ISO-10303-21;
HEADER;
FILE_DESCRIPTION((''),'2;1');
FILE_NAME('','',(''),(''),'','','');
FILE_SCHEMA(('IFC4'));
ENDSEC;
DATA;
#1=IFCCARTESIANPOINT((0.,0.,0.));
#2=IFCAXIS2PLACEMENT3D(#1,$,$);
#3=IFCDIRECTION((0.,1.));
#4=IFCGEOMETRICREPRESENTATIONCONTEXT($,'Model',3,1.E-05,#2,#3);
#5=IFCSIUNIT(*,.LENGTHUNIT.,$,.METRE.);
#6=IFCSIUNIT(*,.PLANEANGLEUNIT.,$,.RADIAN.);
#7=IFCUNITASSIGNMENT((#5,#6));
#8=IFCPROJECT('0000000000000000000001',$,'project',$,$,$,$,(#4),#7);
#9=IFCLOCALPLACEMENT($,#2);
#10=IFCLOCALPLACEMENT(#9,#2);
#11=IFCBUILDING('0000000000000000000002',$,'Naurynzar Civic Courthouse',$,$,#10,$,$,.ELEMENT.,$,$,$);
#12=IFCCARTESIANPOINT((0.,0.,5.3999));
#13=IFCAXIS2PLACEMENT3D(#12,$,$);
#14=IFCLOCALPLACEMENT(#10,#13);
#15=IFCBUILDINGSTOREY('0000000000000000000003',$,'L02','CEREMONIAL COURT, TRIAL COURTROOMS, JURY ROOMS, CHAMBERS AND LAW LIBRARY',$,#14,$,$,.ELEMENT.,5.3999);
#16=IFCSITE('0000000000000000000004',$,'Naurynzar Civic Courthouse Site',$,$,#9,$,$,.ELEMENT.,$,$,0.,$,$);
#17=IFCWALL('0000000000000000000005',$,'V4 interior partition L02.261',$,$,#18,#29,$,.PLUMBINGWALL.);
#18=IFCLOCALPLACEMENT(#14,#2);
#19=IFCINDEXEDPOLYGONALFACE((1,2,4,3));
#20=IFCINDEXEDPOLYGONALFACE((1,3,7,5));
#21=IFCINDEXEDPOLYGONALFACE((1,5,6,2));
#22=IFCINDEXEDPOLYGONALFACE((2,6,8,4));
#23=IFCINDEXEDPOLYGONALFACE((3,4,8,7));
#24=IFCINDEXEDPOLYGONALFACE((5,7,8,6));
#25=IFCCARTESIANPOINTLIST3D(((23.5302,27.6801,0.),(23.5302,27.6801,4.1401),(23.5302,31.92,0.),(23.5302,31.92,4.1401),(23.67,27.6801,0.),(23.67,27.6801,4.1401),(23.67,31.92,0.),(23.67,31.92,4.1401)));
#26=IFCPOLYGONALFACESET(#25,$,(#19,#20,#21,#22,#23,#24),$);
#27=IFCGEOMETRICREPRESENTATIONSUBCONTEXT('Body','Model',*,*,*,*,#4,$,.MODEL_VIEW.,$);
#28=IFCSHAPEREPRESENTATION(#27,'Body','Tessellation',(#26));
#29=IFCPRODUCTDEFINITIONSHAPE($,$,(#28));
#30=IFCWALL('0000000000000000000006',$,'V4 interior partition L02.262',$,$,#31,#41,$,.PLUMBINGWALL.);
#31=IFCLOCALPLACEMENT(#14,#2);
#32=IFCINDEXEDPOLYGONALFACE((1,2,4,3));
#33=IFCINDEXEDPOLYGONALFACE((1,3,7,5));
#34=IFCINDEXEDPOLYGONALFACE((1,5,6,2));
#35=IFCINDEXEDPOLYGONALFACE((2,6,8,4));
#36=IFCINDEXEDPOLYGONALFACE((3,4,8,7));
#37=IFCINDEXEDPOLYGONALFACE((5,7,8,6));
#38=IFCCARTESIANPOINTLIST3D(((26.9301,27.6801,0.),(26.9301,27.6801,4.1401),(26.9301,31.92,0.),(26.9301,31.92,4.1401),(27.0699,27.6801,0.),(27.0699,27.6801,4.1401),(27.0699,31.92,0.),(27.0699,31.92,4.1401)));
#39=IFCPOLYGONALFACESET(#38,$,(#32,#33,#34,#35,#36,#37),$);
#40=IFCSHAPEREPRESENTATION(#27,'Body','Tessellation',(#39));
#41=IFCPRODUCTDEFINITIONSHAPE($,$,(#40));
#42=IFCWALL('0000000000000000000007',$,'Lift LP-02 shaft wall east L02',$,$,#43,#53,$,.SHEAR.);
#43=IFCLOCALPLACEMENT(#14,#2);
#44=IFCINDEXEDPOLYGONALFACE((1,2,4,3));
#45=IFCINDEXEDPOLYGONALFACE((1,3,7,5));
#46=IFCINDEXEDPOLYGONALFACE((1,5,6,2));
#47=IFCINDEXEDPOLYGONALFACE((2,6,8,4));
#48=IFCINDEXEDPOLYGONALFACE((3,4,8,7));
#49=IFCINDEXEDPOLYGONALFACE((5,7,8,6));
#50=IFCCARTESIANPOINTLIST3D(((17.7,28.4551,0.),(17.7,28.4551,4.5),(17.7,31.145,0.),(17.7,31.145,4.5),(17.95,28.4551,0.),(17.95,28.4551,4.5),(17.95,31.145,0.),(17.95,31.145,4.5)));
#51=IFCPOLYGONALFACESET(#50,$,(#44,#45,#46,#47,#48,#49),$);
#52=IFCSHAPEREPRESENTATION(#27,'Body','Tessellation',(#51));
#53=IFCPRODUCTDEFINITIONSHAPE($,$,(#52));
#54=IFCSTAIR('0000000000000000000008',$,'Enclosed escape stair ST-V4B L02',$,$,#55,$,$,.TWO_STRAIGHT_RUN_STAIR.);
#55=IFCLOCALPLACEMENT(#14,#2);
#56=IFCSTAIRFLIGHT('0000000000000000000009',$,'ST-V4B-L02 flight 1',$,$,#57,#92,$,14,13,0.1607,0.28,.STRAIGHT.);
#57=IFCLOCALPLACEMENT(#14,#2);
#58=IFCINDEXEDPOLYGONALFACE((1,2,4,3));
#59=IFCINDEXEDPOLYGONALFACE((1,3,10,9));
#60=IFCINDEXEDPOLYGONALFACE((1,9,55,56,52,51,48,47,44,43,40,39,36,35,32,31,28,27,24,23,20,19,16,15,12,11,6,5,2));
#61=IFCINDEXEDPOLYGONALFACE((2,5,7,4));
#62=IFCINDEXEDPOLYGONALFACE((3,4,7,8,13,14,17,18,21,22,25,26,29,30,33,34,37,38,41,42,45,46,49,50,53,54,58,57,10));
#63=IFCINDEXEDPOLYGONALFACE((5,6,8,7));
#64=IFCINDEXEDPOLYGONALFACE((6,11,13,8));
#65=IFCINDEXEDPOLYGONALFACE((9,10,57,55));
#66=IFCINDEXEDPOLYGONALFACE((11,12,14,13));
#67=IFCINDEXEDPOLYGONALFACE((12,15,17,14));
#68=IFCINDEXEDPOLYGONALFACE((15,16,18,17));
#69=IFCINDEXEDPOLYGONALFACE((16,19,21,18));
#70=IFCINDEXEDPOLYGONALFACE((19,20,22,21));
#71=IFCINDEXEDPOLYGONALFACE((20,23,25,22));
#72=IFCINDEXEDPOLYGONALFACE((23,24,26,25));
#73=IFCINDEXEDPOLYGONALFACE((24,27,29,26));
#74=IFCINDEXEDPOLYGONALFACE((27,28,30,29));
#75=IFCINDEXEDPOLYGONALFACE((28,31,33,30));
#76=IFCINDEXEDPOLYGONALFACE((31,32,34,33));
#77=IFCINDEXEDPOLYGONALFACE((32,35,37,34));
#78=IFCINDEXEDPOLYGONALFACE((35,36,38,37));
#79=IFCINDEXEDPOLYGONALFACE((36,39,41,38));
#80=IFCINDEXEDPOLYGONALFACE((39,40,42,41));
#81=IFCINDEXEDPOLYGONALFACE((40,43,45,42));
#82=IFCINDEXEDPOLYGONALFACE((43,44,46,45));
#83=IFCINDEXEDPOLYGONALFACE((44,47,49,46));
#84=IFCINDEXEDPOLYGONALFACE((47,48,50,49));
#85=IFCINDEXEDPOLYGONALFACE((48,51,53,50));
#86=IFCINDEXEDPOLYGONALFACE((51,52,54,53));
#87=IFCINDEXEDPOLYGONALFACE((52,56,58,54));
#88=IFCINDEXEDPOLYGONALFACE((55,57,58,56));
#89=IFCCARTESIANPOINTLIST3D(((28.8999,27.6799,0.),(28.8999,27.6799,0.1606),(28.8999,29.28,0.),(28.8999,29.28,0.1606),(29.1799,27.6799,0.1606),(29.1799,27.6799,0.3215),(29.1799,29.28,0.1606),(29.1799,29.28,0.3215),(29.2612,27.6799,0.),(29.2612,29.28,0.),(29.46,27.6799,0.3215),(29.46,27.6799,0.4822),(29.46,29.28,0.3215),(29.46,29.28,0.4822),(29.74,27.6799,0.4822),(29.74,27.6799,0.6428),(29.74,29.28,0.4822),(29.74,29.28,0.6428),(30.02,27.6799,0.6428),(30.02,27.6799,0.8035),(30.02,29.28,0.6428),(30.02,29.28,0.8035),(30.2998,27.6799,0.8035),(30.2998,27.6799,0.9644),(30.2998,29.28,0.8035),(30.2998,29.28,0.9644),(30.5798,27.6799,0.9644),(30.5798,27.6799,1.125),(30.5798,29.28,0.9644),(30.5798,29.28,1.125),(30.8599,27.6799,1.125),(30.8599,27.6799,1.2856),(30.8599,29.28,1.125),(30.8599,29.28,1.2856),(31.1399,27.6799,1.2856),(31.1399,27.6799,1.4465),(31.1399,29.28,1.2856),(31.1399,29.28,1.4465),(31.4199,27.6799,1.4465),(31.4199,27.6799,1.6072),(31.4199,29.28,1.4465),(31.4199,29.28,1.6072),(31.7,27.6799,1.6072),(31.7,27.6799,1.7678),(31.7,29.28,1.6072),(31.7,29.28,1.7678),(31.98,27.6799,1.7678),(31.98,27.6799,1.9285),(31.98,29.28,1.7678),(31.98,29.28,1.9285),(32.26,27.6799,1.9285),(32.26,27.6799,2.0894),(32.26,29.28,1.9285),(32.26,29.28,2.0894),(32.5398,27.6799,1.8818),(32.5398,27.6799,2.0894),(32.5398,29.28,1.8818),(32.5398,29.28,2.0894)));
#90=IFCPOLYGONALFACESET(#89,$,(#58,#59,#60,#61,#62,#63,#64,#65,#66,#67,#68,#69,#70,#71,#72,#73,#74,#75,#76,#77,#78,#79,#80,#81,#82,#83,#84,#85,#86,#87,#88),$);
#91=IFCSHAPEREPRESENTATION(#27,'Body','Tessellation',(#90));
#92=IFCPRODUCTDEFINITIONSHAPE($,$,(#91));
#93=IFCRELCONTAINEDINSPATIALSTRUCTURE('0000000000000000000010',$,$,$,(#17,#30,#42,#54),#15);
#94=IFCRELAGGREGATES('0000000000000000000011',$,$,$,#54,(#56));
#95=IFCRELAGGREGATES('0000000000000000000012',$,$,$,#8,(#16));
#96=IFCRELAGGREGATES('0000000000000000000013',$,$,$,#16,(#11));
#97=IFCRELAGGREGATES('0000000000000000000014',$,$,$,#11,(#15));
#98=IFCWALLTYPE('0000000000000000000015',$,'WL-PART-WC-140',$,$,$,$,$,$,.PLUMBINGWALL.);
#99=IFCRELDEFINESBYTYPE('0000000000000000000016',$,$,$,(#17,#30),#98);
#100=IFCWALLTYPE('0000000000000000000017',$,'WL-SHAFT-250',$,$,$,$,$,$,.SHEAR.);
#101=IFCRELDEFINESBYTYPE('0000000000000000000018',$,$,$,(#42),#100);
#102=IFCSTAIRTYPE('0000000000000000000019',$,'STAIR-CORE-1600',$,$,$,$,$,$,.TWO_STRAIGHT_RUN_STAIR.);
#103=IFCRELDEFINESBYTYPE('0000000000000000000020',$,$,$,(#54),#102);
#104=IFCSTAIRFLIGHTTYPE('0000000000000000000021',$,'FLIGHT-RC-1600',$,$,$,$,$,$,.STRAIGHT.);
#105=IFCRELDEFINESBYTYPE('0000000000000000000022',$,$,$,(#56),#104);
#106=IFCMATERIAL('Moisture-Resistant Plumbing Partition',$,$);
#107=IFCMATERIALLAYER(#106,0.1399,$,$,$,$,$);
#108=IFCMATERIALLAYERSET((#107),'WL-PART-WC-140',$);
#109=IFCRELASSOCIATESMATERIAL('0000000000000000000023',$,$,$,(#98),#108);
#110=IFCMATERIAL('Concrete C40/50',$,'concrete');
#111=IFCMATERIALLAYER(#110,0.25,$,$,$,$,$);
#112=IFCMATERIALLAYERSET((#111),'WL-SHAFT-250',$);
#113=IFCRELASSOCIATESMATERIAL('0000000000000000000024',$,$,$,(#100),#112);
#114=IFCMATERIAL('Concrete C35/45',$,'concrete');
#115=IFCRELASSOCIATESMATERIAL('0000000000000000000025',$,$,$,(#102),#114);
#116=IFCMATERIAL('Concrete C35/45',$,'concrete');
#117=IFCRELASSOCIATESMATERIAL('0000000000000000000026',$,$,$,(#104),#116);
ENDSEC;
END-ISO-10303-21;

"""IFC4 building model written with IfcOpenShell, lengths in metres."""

from ifc_helpers import new_model, si_unit, direction, frame, frame_2d, origin, place, context, subcontext, project, spatial, polyline, rectangle, outline, extrude, material, layer, layer_set, type_object, element, aggregate, save


model = new_model("IFC4")

# Units and contexts
model_context = context("Model", 3, precision=1e-05, world=origin(), true_north=direction((0.0, 1.0)))
body_context = subcontext(model_context, "Body", "Model", "MODEL_VIEW")
ifc_project = project(units=[si_unit("LENGTHUNIT", "METRE"), si_unit("PLANEANGLEUNIT", "RADIAN")], contexts=[model_context])

# Site, building, storey
site_placement = place(None, origin())
site = spatial("IfcSite", under=ifc_project, at=site_placement, Name="Naurynzar Civic Courthouse Site", CompositionType="ELEMENT", RefElevation=0.0)
building_placement = place(site_placement, origin())
building = spatial("IfcBuilding", under=site, at=building_placement, Name="Naurynzar Civic Courthouse", CompositionType="ELEMENT")
storey_placement = place(building_placement, frame((0.0, 0.0, 5.3999)))
storey = spatial("IfcBuildingStorey", under=building, at=storey_placement, Name="L02", Description="CEREMONIAL COURT, TRIAL COURTROOMS, JURY ROOMS, CHAMBERS AND LAW LIBRARY", CompositionType="ELEMENT", Elevation=5.3999)

# Shared definitions
ifc_material_1 = material(Name="Moisture-Resistant Plumbing Partition")
ifc_layer_1 = layer(ifc_material_1, 0.1399)
ifc_layer_set_1 = layer_set([ifc_layer_1], Name="WL-PART-WC-140")
wall_type_1 = type_object("IfcWallType", Name="WL-PART-WC-140", PredefinedType="PLUMBINGWALL", material=ifc_layer_set_1)

# Walls
for number, where, z_axis, x_axis, name in (
    (1, (23.6001, 27.6799, 0.0), (0.0, 0.0, 1.0), (0.0, 1.0, 0.0), "V4 interior partition L02.261"),
    (2, (27.0, 27.6799, 0.0), (0.0, 0.0, 1.0), (0.0, 1.0, 0.0), "V4 interior partition L02.262"),
):
    element("IfcWall", number, at=place(storey_placement, frame(where, z_axis=z_axis, x_axis=x_axis)), inside=storey, type_object=wall_type_1, Name=name, PredefinedType="PLUMBINGWALL", context=body_context, shape_type="SweptSolid", body=[
        extrude(rectangle(XDim=4.24, YDim=0.1399, at=frame_2d((2.1201, 0.0))), origin(), (0.0, 0.0, 1.0), 4.1401),
    ])

# Shared definitions
ifc_material_2 = material(Name="Concrete C40/50", Category="concrete")
ifc_layer_2 = layer(ifc_material_2, 0.25)
ifc_layer_set_2 = layer_set([ifc_layer_2], Name="WL-SHAFT-250")
wall_type_2 = type_object("IfcWallType", Name="WL-SHAFT-250", PredefinedType="SHEAR", material=ifc_layer_set_2)

# Wall
wall_1_placement = place(storey_placement, frame((17.825, 28.4551, 0.0), z_axis=(0.0, 0.0, 1.0), x_axis=(0.0, 1.0, 0.0)))
element("IfcWall", 3, at=wall_1_placement, inside=storey, type_object=wall_type_2, Name="Lift LP-02 shaft wall east L02", PredefinedType="SHEAR", context=body_context, shape_type="SweptSolid", body=[
    extrude(rectangle(XDim=2.6899, YDim=0.25, at=frame_2d((1.345, 0.0))), origin(), (0.0, 0.0, 1.0), 4.5),
])

# Stair, stair flight
ifc_material_3 = material(Name="Concrete C35/45", Category="concrete")
stair_type = type_object("IfcStairType", Name="STAIR-CORE-1600", PredefinedType="TWO_STRAIGHT_RUN_STAIR", material=ifc_material_3)
stair_placement = place(storey_placement, origin())
stair = element("IfcStair", 4, at=stair_placement, inside=storey, type_object=stair_type, Name="Enclosed escape stair ST-V4B L02", PredefinedType="TWO_STRAIGHT_RUN_STAIR")
ifc_material_4 = material(Name="Concrete C35/45", Category="concrete")
stair_flight_type = type_object("IfcStairFlightType", Name="FLIGHT-RC-1600", PredefinedType="STRAIGHT", material=ifc_material_4)
stair_flight_placement = place(storey_placement, frame((28.8999, 28.48, 0.0), z_axis=(0.0, 0.0, 1.0), x_axis=(1.0, 0.0, 0.0)))
stair_flight = element("IfcStairFlight", 5, at=stair_flight_placement, type_object=stair_flight_type, Name="ST-V4B-L02 flight 1", NumberOfRisers=14, NumberOfTreads=13, PredefinedType="STRAIGHT", RiserHeight=0.1607, TreadLength=0.28, context=body_context, shape_type="SweptSolid", body=[
    extrude(outline(polyline([(0.0, 0.0), (0.0, 0.1606), (0.28, 0.1606), (0.28, 0.3215), (0.5601, 0.3215), (0.5601, 0.4822), (0.8401, 0.4822), (0.8401, 0.6428), (1.1201, 0.6428), (1.1201, 0.8035), (1.3999, 0.8035), (1.3999, 0.9644), (1.6799, 0.9644), (1.6799, 1.125), (1.96, 1.125), (1.96, 1.2856), (2.24, 1.2856), (2.24, 1.4465), (2.52, 1.4465), (2.52, 1.6072), (2.8, 1.6072), (2.8, 1.7678), (3.0801, 1.7678), (3.0801, 1.9285), (3.3601, 1.9285), (3.3601, 2.0894), (3.6399, 2.0894), (3.6399, 2.25), (3.6399, 1.8818), (0.3613, 0.0), (0.0, 0.0)])), frame((0.0, 0.8, 0.0), z_axis=(0.0, -1.0, 0.0), x_axis=(1.0, 0.0, 0.0)), (0.0, 0.0, 1.0), 1.6001),
])
aggregate(stair, [stair_flight])

save(model, "model.ifc")
